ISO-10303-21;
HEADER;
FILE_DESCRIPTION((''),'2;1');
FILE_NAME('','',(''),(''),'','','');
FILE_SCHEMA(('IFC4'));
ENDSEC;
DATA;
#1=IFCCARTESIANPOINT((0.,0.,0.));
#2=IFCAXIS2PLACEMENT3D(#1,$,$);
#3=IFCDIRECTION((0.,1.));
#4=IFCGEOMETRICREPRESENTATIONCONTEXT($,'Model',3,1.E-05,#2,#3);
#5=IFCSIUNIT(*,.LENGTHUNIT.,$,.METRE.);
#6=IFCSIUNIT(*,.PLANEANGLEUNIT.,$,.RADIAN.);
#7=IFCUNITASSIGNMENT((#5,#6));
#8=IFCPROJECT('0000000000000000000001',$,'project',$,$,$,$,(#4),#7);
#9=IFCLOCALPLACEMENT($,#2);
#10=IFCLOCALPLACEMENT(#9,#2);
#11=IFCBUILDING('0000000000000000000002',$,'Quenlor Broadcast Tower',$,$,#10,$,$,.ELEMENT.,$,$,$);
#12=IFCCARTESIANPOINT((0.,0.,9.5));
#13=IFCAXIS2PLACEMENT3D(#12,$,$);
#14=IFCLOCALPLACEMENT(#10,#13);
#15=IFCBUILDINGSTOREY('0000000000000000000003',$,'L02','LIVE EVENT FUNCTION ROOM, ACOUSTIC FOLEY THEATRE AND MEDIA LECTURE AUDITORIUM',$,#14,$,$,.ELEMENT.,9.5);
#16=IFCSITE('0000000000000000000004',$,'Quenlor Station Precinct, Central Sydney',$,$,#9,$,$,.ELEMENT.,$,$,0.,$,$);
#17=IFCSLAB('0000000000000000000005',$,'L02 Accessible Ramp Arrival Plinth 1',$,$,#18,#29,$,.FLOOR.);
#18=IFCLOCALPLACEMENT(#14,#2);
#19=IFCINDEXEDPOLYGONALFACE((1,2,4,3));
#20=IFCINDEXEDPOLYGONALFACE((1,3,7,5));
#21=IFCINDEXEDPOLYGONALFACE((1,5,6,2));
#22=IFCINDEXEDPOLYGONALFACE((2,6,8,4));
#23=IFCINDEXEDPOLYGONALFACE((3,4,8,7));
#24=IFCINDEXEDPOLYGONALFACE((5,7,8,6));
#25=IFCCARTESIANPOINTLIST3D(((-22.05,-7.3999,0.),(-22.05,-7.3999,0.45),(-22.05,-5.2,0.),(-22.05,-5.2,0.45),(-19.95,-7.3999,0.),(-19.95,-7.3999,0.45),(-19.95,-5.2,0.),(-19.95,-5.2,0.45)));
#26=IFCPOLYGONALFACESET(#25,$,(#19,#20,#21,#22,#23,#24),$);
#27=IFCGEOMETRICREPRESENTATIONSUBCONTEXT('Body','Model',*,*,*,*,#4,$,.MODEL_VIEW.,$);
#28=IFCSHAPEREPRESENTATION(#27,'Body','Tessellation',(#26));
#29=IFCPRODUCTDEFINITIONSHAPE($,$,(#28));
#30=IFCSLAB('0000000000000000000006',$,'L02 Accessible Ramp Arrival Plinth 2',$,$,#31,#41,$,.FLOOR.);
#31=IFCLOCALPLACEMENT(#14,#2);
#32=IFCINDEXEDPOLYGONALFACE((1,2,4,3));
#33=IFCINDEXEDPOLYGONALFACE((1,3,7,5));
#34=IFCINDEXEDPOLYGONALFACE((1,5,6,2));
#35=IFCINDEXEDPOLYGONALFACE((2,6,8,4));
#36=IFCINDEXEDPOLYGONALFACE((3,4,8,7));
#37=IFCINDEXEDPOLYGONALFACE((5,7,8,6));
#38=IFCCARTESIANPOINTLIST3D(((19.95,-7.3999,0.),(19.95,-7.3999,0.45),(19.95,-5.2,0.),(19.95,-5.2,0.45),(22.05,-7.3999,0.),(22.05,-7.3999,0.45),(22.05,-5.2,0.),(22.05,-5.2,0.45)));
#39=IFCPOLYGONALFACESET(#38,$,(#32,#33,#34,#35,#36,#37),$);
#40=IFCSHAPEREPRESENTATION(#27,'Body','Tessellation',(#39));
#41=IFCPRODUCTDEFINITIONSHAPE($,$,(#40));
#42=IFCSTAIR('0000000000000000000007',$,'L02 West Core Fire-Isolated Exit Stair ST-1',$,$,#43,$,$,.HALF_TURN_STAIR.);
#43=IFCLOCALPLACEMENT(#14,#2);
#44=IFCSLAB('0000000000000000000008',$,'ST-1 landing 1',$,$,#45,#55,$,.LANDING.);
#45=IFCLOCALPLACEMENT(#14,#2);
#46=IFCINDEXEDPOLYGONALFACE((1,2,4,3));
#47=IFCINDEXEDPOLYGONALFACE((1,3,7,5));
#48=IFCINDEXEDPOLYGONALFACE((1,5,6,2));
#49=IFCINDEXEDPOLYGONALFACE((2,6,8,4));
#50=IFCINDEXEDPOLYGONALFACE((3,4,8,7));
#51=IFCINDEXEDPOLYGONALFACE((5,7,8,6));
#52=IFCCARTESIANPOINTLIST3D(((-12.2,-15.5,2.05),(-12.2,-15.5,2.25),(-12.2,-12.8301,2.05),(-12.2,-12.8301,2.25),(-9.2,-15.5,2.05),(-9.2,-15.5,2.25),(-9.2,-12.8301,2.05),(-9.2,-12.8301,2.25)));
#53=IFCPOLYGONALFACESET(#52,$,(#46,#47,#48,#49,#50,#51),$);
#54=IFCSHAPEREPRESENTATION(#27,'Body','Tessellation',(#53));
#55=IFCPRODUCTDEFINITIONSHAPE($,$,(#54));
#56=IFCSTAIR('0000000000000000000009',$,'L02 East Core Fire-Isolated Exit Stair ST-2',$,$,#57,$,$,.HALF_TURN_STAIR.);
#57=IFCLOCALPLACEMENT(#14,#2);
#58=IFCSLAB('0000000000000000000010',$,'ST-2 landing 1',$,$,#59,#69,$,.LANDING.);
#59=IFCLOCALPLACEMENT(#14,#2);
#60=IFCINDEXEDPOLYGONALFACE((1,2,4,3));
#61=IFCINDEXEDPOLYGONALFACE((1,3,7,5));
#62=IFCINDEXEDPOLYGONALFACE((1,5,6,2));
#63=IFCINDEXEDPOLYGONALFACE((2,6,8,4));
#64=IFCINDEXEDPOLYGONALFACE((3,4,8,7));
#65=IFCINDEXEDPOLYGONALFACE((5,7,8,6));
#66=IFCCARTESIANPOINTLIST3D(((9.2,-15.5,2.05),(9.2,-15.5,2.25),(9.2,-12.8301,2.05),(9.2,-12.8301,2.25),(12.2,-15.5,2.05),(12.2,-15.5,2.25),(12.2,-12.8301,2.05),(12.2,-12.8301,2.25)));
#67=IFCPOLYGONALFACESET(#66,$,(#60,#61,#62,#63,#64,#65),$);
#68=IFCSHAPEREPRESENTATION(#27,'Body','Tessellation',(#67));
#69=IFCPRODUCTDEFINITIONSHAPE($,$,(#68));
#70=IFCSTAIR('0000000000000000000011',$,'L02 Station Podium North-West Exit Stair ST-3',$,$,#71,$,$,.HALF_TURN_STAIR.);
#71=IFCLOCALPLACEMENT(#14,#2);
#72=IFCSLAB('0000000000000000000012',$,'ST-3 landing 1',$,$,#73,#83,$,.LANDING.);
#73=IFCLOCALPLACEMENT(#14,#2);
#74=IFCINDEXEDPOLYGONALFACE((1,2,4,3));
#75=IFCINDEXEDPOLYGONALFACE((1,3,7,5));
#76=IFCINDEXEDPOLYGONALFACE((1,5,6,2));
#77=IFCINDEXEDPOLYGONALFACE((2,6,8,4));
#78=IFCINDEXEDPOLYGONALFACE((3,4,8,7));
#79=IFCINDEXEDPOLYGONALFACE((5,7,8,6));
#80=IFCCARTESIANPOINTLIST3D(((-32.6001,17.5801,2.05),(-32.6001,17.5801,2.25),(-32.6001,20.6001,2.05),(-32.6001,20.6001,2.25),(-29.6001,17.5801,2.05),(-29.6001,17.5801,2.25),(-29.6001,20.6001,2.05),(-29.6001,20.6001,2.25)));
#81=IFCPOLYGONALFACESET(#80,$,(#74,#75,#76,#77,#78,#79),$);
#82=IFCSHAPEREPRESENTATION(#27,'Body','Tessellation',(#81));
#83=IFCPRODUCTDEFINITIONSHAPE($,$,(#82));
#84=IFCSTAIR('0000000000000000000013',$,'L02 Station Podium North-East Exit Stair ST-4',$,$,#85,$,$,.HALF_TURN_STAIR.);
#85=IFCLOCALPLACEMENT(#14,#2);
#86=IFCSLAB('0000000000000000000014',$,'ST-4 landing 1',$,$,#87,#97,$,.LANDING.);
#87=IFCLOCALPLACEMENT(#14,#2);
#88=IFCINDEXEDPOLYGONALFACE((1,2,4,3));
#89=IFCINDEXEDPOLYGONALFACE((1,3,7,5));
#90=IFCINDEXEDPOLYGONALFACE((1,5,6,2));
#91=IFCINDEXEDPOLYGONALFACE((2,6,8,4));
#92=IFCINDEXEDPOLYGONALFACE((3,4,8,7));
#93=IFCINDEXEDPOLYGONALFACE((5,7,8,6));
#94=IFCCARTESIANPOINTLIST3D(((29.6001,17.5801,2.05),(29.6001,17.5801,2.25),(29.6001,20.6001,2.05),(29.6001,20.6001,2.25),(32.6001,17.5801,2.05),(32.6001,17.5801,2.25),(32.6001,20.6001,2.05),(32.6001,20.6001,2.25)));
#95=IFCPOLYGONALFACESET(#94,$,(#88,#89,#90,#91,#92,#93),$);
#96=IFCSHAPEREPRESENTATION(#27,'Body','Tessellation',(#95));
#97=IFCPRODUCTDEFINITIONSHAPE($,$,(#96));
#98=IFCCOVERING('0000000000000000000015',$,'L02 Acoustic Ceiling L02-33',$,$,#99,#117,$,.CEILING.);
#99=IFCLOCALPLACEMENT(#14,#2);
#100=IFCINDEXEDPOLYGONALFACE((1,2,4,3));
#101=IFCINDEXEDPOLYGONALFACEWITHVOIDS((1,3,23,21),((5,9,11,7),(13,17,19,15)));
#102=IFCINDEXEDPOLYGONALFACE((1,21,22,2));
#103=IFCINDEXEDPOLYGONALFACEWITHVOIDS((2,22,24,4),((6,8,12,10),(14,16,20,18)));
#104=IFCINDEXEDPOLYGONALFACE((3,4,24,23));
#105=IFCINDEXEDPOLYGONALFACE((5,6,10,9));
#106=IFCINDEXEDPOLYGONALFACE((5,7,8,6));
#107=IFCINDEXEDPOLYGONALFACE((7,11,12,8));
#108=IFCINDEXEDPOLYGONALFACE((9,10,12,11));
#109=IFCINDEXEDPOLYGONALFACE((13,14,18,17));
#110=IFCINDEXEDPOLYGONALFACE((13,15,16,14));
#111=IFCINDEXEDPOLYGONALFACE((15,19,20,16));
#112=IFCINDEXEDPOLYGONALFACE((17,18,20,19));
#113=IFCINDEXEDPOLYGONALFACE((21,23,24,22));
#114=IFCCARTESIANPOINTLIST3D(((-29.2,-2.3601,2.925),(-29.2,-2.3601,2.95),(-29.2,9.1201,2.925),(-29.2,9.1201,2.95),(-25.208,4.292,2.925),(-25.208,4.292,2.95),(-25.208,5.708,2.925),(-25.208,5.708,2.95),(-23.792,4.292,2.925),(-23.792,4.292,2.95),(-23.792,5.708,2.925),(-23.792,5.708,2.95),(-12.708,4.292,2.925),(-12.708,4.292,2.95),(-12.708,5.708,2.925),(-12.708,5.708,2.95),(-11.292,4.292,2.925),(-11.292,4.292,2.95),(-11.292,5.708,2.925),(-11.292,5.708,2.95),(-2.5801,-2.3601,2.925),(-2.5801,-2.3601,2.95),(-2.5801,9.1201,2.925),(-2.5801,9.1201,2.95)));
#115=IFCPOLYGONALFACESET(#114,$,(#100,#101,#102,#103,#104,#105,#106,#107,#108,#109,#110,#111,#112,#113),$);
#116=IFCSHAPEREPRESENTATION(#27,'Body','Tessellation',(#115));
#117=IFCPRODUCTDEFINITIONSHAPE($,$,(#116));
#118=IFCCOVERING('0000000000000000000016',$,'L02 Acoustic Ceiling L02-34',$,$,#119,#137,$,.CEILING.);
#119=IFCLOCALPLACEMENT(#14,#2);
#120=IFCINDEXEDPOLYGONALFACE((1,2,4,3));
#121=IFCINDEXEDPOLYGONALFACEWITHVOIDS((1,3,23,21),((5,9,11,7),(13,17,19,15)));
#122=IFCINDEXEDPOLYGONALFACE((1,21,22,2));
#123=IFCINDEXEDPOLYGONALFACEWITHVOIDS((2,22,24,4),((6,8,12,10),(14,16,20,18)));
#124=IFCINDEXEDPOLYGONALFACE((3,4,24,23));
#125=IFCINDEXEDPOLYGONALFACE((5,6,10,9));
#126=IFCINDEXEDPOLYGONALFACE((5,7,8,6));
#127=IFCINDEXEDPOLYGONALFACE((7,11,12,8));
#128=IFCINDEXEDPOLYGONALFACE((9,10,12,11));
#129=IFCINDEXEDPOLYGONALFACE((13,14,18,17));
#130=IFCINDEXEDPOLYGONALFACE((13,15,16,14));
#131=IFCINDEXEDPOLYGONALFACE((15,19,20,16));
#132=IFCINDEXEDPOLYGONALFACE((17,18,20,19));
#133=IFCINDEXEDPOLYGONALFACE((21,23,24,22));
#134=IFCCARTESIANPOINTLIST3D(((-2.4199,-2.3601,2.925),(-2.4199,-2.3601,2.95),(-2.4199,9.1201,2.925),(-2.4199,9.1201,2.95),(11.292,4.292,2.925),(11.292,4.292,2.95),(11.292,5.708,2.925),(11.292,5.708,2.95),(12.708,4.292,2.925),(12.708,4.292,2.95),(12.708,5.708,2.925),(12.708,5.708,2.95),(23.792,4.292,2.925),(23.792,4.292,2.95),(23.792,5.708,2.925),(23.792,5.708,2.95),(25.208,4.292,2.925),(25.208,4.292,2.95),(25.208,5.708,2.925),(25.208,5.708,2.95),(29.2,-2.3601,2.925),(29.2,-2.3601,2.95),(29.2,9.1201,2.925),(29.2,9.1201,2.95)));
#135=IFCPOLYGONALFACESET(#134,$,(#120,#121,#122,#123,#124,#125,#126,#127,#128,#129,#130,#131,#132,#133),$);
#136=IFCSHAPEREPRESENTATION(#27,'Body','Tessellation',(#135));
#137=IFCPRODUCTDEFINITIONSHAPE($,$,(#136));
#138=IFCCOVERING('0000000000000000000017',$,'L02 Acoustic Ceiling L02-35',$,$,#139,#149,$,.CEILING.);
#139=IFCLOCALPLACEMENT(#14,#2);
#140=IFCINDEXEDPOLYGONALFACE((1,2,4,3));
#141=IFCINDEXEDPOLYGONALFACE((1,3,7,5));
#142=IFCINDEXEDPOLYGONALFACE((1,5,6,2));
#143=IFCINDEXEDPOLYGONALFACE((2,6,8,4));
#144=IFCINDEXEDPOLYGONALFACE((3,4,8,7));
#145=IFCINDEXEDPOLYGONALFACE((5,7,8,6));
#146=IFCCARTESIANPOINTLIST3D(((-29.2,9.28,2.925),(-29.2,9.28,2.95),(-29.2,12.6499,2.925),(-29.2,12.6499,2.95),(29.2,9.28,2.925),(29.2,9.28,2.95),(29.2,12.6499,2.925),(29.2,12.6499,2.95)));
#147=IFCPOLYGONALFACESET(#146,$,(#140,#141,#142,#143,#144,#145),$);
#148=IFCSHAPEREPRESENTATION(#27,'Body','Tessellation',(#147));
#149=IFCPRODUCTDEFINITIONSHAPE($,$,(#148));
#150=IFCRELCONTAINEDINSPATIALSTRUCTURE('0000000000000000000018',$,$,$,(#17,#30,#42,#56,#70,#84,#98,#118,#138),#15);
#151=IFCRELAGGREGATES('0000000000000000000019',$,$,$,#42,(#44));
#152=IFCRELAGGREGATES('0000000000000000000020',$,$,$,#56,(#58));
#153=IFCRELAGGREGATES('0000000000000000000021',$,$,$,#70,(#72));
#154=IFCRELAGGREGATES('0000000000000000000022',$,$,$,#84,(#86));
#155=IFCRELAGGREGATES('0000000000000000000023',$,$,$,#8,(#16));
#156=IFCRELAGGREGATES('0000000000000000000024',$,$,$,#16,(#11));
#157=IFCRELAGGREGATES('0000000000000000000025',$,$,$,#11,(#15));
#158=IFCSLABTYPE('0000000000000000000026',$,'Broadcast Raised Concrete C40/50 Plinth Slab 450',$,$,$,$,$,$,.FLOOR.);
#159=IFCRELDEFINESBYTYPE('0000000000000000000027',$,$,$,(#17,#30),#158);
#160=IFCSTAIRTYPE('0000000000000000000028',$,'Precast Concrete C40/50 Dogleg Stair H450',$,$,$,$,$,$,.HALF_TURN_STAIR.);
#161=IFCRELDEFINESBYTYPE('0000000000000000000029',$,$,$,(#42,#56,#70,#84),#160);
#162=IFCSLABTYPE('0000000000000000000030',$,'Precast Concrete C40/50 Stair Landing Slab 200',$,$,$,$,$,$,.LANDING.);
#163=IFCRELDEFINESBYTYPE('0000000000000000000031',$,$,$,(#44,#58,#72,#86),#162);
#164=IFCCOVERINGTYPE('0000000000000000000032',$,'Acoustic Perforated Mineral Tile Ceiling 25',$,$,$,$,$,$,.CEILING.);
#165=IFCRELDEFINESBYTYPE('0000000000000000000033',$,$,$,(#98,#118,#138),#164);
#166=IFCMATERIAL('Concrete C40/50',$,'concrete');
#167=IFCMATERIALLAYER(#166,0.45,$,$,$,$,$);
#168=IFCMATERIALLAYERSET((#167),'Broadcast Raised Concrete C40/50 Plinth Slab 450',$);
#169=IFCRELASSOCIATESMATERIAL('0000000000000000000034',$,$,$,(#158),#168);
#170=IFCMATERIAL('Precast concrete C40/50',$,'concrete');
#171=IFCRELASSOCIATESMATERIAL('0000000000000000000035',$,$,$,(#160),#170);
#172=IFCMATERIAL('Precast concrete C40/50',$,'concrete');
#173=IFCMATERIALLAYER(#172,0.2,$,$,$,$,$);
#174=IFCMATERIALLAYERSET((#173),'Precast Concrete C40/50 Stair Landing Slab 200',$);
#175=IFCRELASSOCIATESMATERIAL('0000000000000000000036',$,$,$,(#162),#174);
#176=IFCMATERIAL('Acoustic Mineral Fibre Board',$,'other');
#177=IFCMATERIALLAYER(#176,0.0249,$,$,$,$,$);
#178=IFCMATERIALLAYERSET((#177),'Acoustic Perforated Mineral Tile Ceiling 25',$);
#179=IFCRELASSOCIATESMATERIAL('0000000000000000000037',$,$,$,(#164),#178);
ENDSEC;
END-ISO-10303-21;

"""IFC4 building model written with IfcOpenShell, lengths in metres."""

from ifc_helpers import new_model, si_unit, direction, frame, origin, place, context, subcontext, project, spatial, polyline, outline, extrude, material, layer, layer_set, type_object, element, aggregate, save


model = new_model("IFC4")

# Units and contexts
model_context = context("Model", 3, precision=1e-05, world=origin(), true_north=direction((0.0, 1.0)))
body_context = subcontext(model_context, "Body", "Model", "MODEL_VIEW")
ifc_project = project(units=[si_unit("LENGTHUNIT", "METRE"), si_unit("PLANEANGLEUNIT", "RADIAN")], contexts=[model_context])

# Site, building, storey
site_placement = place(None, origin())
site = spatial("IfcSite", under=ifc_project, at=site_placement, Name="Quenlor Station Precinct, Central Sydney", CompositionType="ELEMENT", RefElevation=0.0)
building_placement = place(site_placement, origin())
building = spatial("IfcBuilding", under=site, at=building_placement, Name="Quenlor Broadcast Tower", CompositionType="ELEMENT")
storey_placement = place(building_placement, frame((0.0, 0.0, 9.5)))
storey = spatial("IfcBuildingStorey", under=building, at=storey_placement, Name="L02", Description="LIVE EVENT FUNCTION ROOM, ACOUSTIC FOLEY THEATRE AND MEDIA LECTURE AUDITORIUM", CompositionType="ELEMENT", Elevation=9.5)

# Slabs
ifc_material_1 = material(Name="Concrete C40/50", Category="concrete")
ifc_layer_1 = layer(ifc_material_1, 0.45)
ifc_layer_set_1 = layer_set([ifc_layer_1], Name="Broadcast Raised Concrete C40/50 Plinth Slab 450")
slab_type_1 = type_object("IfcSlabType", Name="Broadcast Raised Concrete C40/50 Plinth Slab 450", PredefinedType="FLOOR", material=ifc_layer_set_1)
slab_1_placement = place(storey_placement, origin())
element("IfcSlab", 1, at=slab_1_placement, inside=storey, type_object=slab_type_1, Name="L02 Accessible Ramp Arrival Plinth 1", PredefinedType="FLOOR", context=body_context, shape_type="SweptSolid", body=[
    extrude(outline(polyline([(-22.05, -7.3999), (-19.95, -7.3999), (-19.95, -5.2), (-22.05, -5.2), (-22.05, -7.3999)])), origin(), (0.0, 0.0, 1.0), 0.45),
])
slab_2_placement = place(storey_placement, origin())
element("IfcSlab", 2, at=slab_2_placement, inside=storey, type_object=slab_type_1, Name="L02 Accessible Ramp Arrival Plinth 2", PredefinedType="FLOOR", context=body_context, shape_type="SweptSolid", body=[
    extrude(outline(polyline([(19.95, -7.3999), (22.05, -7.3999), (22.05, -5.2), (19.95, -5.2), (19.95, -7.3999)])), origin(), (0.0, 0.0, 1.0), 0.45),
])

# Stairs, slabs
ifc_material_2 = material(Name="Precast concrete C40/50", Category="concrete")
stair_type = type_object("IfcStairType", Name="Precast Concrete C40/50 Dogleg Stair H450", PredefinedType="HALF_TURN_STAIR", material=ifc_material_2)
stair_1_placement = place(storey_placement, origin())
stair_1 = element("IfcStair", 3, at=stair_1_placement, inside=storey, type_object=stair_type, Name="L02 West Core Fire-Isolated Exit Stair ST-1", PredefinedType="HALF_TURN_STAIR")
ifc_material_3 = material(Name="Precast concrete C40/50", Category="concrete")
ifc_layer_2 = layer(ifc_material_3, 0.2)
ifc_layer_set_2 = layer_set([ifc_layer_2], Name="Precast Concrete C40/50 Stair Landing Slab 200")
slab_type_2 = type_object("IfcSlabType", Name="Precast Concrete C40/50 Stair Landing Slab 200", PredefinedType="LANDING", material=ifc_layer_set_2)
slab_3_placement = place(storey_placement, frame((0.0, 0.0, 2.05)))
slab_3 = element("IfcSlab", 4, at=slab_3_placement, type_object=slab_type_2, Name="ST-1 landing 1", PredefinedType="LANDING", context=body_context, shape_type="SweptSolid", body=[
    extrude(outline(polyline([(-12.2, -12.8301), (-12.2, -15.5), (-9.2, -15.5), (-9.2, -12.8301), (-12.2, -12.8301)])), origin(), (0.0, 0.0, 1.0), 0.2),
])
aggregate(stair_1, [slab_3])
stair_2_placement = place(storey_placement, origin())
stair_2 = element("IfcStair", 5, at=stair_2_placement, inside=storey, type_object=stair_type, Name="L02 East Core Fire-Isolated Exit Stair ST-2", PredefinedType="HALF_TURN_STAIR")
slab_4_placement = place(storey_placement, frame((0.0, 0.0, 2.05)))
slab_4 = element("IfcSlab", 6, at=slab_4_placement, type_object=slab_type_2, Name="ST-2 landing 1", PredefinedType="LANDING", context=body_context, shape_type="SweptSolid", body=[
    extrude(outline(polyline([(9.2, -12.8301), (9.2, -15.5), (12.2, -15.5), (12.2, -12.8301), (9.2, -12.8301)])), origin(), (0.0, 0.0, 1.0), 0.2),
])
aggregate(stair_2, [slab_4])
stair_3_placement = place(storey_placement, origin())
stair_3 = element("IfcStair", 7, at=stair_3_placement, inside=storey, type_object=stair_type, Name="L02 Station Podium North-West Exit Stair ST-3", PredefinedType="HALF_TURN_STAIR")
slab_5_placement = place(storey_placement, frame((0.0, 0.0, 2.05)))
slab_5 = element("IfcSlab", 8, at=slab_5_placement, type_object=slab_type_2, Name="ST-3 landing 1", PredefinedType="LANDING", context=body_context, shape_type="SweptSolid", body=[
    extrude(outline(polyline([(-29.6001, 17.5801), (-29.6001, 20.6001), (-32.6001, 20.6001), (-32.6001, 17.5801), (-29.6001, 17.5801)])), origin(), (0.0, 0.0, 1.0), 0.2),
])
aggregate(stair_3, [slab_5])
stair_4_placement = place(storey_placement, origin())
stair_4 = element("IfcStair", 9, at=stair_4_placement, inside=storey, type_object=stair_type, Name="L02 Station Podium North-East Exit Stair ST-4", PredefinedType="HALF_TURN_STAIR")
slab_6_placement = place(storey_placement, frame((0.0, 0.0, 2.05)))
slab_6 = element("IfcSlab", 10, at=slab_6_placement, type_object=slab_type_2, Name="ST-4 landing 1", PredefinedType="LANDING", context=body_context, shape_type="SweptSolid", body=[
    extrude(outline(polyline([(32.6001, 17.5801), (32.6001, 20.6001), (29.6001, 20.6001), (29.6001, 17.5801), (32.6001, 17.5801)])), origin(), (0.0, 0.0, 1.0), 0.2),
])
aggregate(stair_4, [slab_6])

# Coverings
ifc_material_4 = material(Name="Acoustic Mineral Fibre Board", Category="other")
ifc_layer_3 = layer(ifc_material_4, 0.0249)
ifc_layer_set_3 = layer_set([ifc_layer_3], Name="Acoustic Perforated Mineral Tile Ceiling 25")
covering_type_1 = type_object("IfcCoveringType", Name="Acoustic Perforated Mineral Tile Ceiling 25", PredefinedType="CEILING", material=ifc_layer_set_3)
covering_1_placement = place(storey_placement, frame((0.0, 0.0, 2.925)))
element("IfcCovering", 11, at=covering_1_placement, inside=storey, type_object=covering_type_1, Name="L02 Acoustic Ceiling L02-33", PredefinedType="CEILING", context=body_context, shape_type="SweptSolid", body=[
    extrude(outline(polyline([(-2.5801, -2.3601), (-29.2, -2.3601), (-29.2, 9.1201), (-2.5801, 9.1201), (-2.5801, -2.3601)]), holes=[polyline([(-23.792, 4.292), (-23.792, 5.708), (-25.208, 5.708), (-25.208, 4.292), (-23.792, 4.292)]), polyline([(-11.292, 4.292), (-11.292, 5.708), (-12.708, 5.708), (-12.708, 4.292), (-11.292, 4.292)])]), origin(), (0.0, 0.0, 1.0), 0.0249),
])
covering_2_placement = place(storey_placement, frame((0.0, 0.0, 2.925)))
element("IfcCovering", 12, at=covering_2_placement, inside=storey, type_object=covering_type_1, Name="L02 Acoustic Ceiling L02-34", PredefinedType="CEILING", context=body_context, shape_type="SweptSolid", body=[
    extrude(outline(polyline([(29.2, -2.3601), (-2.4199, -2.3601), (-2.4199, 9.1201), (29.2, 9.1201), (29.2, -2.3601)]), holes=[polyline([(12.708, 5.708), (11.292, 5.708), (11.292, 4.292), (12.708, 4.292), (12.708, 5.708)]), polyline([(25.208, 5.708), (23.792, 5.708), (23.792, 4.292), (25.208, 4.292), (25.208, 5.708)])]), origin(), (0.0, 0.0, 1.0), 0.0249),
])
covering_3_placement = place(storey_placement, frame((0.0, 0.0, 2.925)))
element("IfcCovering", 13, at=covering_3_placement, inside=storey, type_object=covering_type_1, Name="L02 Acoustic Ceiling L02-35", PredefinedType="CEILING", context=body_context, shape_type="SweptSolid", body=[
    extrude(outline(polyline([(29.2, 9.28), (-29.2, 9.28), (-29.2, 12.6499), (29.2, 12.6499), (29.2, 9.28)])), origin(), (0.0, 0.0, 1.0), 0.0249),
])

save(model, "model.ifc")
